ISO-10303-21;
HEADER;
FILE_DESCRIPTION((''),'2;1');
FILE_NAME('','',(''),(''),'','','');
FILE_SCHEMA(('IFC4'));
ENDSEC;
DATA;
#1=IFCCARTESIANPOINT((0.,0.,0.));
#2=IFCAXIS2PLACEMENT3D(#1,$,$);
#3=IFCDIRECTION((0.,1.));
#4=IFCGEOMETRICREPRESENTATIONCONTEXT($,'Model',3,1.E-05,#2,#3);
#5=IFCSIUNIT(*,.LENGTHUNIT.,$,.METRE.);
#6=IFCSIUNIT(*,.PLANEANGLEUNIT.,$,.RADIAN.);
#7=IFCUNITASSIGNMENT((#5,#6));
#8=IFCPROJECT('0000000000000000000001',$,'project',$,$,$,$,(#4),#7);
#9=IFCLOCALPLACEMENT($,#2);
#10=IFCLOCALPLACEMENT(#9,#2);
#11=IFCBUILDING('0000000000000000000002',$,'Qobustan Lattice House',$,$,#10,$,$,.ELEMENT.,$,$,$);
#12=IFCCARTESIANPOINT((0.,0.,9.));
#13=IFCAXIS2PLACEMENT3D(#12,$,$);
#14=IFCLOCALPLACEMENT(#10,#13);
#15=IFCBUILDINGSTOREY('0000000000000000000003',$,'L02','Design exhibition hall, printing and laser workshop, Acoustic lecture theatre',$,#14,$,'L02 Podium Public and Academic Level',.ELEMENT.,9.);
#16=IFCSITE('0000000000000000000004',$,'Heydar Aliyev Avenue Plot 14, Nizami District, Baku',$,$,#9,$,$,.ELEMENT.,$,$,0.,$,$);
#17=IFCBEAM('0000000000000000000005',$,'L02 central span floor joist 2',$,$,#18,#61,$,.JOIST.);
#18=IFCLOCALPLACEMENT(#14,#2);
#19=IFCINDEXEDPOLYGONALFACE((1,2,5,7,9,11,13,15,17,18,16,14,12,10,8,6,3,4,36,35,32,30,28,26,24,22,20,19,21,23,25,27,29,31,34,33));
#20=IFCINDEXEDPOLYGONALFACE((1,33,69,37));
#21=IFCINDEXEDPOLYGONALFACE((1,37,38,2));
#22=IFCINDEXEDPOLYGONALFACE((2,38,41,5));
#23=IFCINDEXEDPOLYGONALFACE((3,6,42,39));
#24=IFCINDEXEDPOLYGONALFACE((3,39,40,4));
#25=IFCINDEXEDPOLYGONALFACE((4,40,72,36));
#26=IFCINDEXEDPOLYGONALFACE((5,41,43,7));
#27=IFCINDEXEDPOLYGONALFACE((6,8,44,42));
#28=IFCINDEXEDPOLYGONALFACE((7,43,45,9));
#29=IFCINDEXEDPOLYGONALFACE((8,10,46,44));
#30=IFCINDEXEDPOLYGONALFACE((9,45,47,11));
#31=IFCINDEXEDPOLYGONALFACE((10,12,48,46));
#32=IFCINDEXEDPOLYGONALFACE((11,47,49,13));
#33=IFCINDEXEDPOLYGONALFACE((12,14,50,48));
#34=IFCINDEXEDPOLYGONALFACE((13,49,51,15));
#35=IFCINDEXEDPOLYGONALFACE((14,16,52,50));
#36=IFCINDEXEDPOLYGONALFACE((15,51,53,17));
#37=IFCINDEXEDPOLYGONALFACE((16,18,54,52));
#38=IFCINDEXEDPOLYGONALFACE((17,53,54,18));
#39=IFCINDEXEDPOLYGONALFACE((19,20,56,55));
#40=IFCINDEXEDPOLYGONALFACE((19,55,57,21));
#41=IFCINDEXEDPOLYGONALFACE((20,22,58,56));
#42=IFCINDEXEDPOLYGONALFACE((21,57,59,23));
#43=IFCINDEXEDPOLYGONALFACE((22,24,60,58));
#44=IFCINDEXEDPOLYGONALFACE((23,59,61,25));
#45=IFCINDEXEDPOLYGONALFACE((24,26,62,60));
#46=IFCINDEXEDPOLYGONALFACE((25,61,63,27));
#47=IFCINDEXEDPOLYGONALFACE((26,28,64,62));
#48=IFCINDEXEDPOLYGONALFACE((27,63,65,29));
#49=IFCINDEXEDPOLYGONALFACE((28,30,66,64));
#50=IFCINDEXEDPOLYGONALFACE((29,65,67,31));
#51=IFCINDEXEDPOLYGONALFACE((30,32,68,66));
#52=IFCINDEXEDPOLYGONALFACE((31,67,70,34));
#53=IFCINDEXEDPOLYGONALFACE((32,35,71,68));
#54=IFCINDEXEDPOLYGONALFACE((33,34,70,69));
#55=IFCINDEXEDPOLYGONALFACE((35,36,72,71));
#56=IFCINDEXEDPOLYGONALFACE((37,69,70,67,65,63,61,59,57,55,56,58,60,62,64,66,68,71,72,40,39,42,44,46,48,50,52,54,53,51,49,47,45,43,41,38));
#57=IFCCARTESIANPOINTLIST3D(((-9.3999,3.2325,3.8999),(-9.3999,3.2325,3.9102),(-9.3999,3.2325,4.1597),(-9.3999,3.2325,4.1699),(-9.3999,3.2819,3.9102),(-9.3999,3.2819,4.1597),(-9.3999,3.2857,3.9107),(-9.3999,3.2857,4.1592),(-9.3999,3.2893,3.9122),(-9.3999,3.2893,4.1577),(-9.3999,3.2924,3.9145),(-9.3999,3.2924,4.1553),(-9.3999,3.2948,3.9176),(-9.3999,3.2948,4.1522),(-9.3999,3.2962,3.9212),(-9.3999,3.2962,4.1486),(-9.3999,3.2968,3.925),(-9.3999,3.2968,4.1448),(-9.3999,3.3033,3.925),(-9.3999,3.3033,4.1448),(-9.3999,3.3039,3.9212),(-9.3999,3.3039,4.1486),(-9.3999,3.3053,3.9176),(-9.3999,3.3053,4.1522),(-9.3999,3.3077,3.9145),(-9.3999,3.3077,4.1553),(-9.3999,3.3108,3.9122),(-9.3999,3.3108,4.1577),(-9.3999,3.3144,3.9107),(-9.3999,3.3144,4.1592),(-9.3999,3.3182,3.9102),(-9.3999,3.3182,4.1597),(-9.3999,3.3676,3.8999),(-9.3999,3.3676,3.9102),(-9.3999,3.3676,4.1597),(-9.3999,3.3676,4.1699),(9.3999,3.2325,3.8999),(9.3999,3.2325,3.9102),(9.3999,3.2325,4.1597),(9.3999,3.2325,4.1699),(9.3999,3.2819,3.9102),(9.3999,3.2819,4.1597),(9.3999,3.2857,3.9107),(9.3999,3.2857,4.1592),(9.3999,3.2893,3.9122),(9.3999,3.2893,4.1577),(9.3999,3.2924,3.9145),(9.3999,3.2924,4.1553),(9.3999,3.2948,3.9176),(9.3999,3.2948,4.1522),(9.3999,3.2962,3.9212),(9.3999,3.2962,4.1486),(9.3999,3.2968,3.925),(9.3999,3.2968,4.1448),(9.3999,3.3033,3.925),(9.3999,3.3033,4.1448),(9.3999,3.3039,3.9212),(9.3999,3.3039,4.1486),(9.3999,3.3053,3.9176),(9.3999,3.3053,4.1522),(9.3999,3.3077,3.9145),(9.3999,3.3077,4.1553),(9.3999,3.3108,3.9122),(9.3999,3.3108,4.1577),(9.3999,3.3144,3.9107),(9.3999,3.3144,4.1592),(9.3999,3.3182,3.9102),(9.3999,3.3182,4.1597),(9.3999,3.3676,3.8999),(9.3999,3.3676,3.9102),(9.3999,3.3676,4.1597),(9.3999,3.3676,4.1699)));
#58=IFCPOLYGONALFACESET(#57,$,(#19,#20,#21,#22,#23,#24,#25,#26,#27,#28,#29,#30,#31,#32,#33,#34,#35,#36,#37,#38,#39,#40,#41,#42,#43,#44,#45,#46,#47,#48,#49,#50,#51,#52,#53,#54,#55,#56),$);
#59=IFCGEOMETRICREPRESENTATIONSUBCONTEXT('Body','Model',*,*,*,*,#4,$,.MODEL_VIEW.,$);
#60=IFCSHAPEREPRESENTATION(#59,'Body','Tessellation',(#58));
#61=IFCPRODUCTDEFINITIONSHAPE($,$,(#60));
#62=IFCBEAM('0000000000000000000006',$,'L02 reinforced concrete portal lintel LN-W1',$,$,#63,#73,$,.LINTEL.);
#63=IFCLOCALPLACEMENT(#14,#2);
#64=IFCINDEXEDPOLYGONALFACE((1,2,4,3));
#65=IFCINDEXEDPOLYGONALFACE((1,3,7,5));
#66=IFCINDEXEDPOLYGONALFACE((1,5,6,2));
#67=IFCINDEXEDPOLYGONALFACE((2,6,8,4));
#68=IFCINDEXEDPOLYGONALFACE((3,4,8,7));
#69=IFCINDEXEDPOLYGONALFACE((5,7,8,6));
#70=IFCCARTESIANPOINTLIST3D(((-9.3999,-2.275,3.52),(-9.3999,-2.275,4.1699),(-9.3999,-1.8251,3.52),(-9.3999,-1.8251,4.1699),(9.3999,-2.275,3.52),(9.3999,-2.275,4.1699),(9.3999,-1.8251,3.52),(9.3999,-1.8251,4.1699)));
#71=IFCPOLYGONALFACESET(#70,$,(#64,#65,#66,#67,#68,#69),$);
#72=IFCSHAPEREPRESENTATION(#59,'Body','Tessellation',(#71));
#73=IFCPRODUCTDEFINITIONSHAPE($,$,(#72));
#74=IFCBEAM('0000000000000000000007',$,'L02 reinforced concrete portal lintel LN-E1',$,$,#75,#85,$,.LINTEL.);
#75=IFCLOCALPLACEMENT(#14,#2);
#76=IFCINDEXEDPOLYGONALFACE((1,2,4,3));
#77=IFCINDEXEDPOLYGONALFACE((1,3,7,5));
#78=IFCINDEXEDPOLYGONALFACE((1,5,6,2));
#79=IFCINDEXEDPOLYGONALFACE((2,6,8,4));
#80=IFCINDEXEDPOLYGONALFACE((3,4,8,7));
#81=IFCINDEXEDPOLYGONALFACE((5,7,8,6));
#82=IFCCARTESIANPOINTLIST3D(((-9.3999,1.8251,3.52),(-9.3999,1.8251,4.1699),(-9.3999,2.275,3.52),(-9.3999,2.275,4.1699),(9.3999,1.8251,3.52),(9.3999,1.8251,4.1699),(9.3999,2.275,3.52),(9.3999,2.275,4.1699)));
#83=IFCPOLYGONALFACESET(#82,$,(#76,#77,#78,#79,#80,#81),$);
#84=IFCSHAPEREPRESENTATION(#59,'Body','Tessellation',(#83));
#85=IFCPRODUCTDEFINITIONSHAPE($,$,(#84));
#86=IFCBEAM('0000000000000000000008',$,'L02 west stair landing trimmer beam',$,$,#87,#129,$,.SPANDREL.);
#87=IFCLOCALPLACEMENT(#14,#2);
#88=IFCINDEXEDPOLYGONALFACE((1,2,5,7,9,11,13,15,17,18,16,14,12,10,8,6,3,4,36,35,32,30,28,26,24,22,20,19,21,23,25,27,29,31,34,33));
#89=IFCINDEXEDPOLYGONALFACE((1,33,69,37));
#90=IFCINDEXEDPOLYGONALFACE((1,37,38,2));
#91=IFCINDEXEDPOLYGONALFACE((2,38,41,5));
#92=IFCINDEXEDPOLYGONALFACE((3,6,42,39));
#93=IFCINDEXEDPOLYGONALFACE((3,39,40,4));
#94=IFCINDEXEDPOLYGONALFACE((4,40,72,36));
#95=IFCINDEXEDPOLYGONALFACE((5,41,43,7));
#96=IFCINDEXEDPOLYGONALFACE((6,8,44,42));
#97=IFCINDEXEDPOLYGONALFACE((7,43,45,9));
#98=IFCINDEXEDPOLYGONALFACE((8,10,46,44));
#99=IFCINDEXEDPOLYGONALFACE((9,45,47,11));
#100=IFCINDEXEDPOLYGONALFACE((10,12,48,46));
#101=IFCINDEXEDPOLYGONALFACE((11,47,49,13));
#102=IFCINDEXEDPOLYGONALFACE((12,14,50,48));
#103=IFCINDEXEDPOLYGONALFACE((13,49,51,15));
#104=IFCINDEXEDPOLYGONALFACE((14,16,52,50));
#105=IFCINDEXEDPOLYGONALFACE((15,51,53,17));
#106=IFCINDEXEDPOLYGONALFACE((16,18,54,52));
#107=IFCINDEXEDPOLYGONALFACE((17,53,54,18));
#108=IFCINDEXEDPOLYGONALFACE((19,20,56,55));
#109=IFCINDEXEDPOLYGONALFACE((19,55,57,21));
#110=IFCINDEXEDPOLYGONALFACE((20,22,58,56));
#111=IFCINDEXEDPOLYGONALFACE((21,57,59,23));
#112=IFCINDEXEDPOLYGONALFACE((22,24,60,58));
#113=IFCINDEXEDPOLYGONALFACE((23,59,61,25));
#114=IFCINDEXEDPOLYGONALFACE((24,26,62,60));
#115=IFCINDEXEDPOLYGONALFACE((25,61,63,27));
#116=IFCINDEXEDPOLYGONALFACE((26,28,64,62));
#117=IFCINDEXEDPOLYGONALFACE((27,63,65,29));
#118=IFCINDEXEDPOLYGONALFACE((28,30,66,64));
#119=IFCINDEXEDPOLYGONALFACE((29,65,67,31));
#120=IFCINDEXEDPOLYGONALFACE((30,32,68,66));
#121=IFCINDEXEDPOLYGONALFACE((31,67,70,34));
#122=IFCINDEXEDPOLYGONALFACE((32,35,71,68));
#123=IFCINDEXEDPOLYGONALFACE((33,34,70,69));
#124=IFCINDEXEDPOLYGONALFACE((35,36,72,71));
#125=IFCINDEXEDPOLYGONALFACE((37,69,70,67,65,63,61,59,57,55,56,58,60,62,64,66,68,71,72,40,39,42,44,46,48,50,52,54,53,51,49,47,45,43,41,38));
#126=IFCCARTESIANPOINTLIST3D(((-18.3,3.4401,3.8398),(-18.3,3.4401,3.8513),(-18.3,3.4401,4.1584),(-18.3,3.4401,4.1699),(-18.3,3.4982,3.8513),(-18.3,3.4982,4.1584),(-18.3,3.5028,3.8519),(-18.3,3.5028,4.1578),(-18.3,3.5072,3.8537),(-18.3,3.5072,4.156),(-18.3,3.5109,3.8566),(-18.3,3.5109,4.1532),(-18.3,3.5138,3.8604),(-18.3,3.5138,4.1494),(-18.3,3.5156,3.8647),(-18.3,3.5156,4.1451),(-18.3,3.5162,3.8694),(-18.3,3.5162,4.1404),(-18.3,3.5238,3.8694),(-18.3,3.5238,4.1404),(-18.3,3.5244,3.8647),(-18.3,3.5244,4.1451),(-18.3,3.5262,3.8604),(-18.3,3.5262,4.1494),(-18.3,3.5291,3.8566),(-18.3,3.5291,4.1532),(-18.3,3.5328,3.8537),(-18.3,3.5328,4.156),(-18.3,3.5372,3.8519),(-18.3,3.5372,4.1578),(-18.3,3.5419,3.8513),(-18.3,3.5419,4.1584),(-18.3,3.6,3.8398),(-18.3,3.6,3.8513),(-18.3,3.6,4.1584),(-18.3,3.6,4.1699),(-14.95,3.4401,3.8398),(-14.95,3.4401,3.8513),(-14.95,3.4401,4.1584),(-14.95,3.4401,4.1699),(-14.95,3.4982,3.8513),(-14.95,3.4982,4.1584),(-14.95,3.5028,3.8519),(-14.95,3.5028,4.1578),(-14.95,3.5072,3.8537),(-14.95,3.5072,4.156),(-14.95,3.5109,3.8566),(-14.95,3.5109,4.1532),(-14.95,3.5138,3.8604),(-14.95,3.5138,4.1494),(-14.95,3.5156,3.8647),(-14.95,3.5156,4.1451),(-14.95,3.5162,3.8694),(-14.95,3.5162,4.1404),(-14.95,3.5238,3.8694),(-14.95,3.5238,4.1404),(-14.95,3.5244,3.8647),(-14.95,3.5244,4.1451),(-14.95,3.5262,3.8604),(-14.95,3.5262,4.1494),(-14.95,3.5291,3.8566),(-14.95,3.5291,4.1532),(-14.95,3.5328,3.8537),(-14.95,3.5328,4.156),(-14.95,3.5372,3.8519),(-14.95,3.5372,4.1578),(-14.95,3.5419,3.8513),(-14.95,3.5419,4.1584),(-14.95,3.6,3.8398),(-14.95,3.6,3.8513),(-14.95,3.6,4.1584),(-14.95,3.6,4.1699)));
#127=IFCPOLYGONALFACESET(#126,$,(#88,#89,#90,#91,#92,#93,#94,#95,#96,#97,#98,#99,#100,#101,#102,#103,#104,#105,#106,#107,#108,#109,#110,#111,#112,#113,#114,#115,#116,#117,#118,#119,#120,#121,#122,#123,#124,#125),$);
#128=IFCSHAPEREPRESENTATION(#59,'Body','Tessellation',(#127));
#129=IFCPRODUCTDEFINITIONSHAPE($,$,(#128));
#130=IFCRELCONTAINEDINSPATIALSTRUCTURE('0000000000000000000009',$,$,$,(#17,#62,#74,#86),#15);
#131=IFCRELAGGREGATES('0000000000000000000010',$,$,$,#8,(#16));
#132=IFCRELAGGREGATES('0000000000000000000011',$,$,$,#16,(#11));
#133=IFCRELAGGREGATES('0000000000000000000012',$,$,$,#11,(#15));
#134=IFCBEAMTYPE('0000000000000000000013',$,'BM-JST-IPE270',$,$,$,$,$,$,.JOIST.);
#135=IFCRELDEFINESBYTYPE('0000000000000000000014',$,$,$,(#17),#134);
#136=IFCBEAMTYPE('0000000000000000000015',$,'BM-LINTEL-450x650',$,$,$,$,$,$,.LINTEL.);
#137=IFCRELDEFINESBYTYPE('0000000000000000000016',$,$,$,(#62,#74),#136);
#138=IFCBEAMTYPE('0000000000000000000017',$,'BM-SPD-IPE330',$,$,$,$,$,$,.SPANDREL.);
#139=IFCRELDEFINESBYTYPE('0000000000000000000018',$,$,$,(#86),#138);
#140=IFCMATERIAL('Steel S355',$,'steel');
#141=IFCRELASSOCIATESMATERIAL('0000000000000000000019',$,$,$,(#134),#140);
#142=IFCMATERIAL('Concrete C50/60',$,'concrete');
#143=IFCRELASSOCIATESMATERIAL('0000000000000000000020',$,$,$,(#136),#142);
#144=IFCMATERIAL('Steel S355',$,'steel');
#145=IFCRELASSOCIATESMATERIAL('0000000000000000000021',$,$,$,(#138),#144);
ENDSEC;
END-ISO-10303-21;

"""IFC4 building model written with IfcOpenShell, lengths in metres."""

from ifc_helpers import new_model, si_unit, direction, frame, origin, origin_2d, place, context, subcontext, project, spatial, rectangle, i_section, extrude, material, material_profile, profile_set, type_object, element, save


model = new_model("IFC4")

# Units and contexts
model_context = context("Model", 3, precision=1e-05, world=origin(), true_north=direction((0.0, 1.0)))
body_context = subcontext(model_context, "Body", "Model", "MODEL_VIEW")
ifc_project = project(units=[si_unit("LENGTHUNIT", "METRE"), si_unit("PLANEANGLEUNIT", "RADIAN")], contexts=[model_context])

# Site, building, storey
site_placement = place(None, origin())
site = spatial("IfcSite", under=ifc_project, at=site_placement, Name="Heydar Aliyev Avenue Plot 14, Nizami District, Baku", CompositionType="ELEMENT", RefElevation=0.0)
building_placement = place(site_placement, origin())
building = spatial("IfcBuilding", under=site, at=building_placement, Name="Qobustan Lattice House", CompositionType="ELEMENT")
storey_placement = place(building_placement, frame((0.0, 0.0, 9.0)))
storey = spatial("IfcBuildingStorey", under=building, at=storey_placement, Name="L02", Description="Design exhibition hall, printing and laser workshop, Acoustic lecture theatre", LongName="L02 Podium Public and Academic Level", CompositionType="ELEMENT", Elevation=9.0)

# Beams
ifc_material_1 = material(Name="Steel S355", Category="steel")
ifc_material_profile_1 = material_profile(ifc_material_1, i_section(OverallWidth=0.135, OverallDepth=0.27, WebThickness=0.0066, FlangeThickness=0.0103, FilletRadius=0.0149, at=origin_2d()), Name="IPE270")
ifc_profile_set_1 = profile_set([ifc_material_profile_1], Name="Steel S355")
beam_type_1 = type_object("IfcBeamType", Name="BM-JST-IPE270", PredefinedType="JOIST", material=ifc_profile_set_1)
beam_1_placement = place(storey_placement, frame((-9.3999, 3.3, 4.0349), z_axis=(1.0, 0.0, 0.0), x_axis=(0.0, 1.0, 0.0)))
element("IfcBeam", 1, at=beam_1_placement, inside=storey, type_object=beam_type_1, Name="L02 central span floor joist 2", PredefinedType="JOIST", context=body_context, shape_type="SweptSolid", body=[
    extrude(i_section(OverallWidth=0.135, OverallDepth=0.27, WebThickness=0.0066, FlangeThickness=0.0103, FilletRadius=0.0149, at=origin_2d()), origin(), (0.0, 0.0, 1.0), 18.7998),
])
ifc_material_2 = material(Name="Concrete C50/60", Category="concrete")
ifc_material_profile_2 = material_profile(ifc_material_2, rectangle(XDim=0.45, YDim=0.6499, at=origin_2d()), Name="RC450x650")
ifc_profile_set_2 = profile_set([ifc_material_profile_2], Name="Concrete C50/60")
beam_type_2 = type_object("IfcBeamType", Name="BM-LINTEL-450x650", PredefinedType="LINTEL", material=ifc_profile_set_2)
for number, where, z_axis, x_axis, name in (
    (2, (-9.3999, -2.05, 3.845), (1.0, 0.0, 0.0), (0.0, 1.0, 0.0), "L02 reinforced concrete portal lintel LN-W1"),
    (3, (-9.3999, 2.05, 3.845), (1.0, 0.0, 0.0), (0.0, 1.0, 0.0), "L02 reinforced concrete portal lintel LN-E1"),
):
    element("IfcBeam", number, at=place(storey_placement, frame(where, z_axis=z_axis, x_axis=x_axis)), inside=storey, type_object=beam_type_2, Name=name, PredefinedType="LINTEL", context=body_context, shape_type="SweptSolid", body=[
        extrude(rectangle(XDim=0.45, YDim=0.6499, at=origin_2d()), origin(), (0.0, 0.0, 1.0), 18.7998),
    ])
ifc_material_3 = material(Name="Steel S355", Category="steel")
ifc_material_profile_3 = material_profile(ifc_material_3, i_section(OverallWidth=0.1599, OverallDepth=0.3301, WebThickness=0.0076, FlangeThickness=0.0115, FilletRadius=0.0181, at=origin_2d()), Name="IPE330")
ifc_profile_set_3 = profile_set([ifc_material_profile_3], Name="Steel S355")
beam_type_3 = type_object("IfcBeamType", Name="BM-SPD-IPE330", PredefinedType="SPANDREL", material=ifc_profile_set_3)
beam_2_placement = place(storey_placement, frame((-18.3, 3.52, 4.0049), z_axis=(1.0, 0.0, 0.0), x_axis=(0.0, 1.0, 0.0)))
element("IfcBeam", 4, at=beam_2_placement, inside=storey, type_object=beam_type_3, Name="L02 west stair landing trimmer beam", PredefinedType="SPANDREL", context=body_context, shape_type="SweptSolid", body=[
    extrude(i_section(OverallWidth=0.1599, OverallDepth=0.3301, WebThickness=0.0076, FlangeThickness=0.0115, FilletRadius=0.0181, at=origin_2d()), origin(), (0.0, 0.0, 1.0), 3.3501),
])

save(model, "model.ifc")
